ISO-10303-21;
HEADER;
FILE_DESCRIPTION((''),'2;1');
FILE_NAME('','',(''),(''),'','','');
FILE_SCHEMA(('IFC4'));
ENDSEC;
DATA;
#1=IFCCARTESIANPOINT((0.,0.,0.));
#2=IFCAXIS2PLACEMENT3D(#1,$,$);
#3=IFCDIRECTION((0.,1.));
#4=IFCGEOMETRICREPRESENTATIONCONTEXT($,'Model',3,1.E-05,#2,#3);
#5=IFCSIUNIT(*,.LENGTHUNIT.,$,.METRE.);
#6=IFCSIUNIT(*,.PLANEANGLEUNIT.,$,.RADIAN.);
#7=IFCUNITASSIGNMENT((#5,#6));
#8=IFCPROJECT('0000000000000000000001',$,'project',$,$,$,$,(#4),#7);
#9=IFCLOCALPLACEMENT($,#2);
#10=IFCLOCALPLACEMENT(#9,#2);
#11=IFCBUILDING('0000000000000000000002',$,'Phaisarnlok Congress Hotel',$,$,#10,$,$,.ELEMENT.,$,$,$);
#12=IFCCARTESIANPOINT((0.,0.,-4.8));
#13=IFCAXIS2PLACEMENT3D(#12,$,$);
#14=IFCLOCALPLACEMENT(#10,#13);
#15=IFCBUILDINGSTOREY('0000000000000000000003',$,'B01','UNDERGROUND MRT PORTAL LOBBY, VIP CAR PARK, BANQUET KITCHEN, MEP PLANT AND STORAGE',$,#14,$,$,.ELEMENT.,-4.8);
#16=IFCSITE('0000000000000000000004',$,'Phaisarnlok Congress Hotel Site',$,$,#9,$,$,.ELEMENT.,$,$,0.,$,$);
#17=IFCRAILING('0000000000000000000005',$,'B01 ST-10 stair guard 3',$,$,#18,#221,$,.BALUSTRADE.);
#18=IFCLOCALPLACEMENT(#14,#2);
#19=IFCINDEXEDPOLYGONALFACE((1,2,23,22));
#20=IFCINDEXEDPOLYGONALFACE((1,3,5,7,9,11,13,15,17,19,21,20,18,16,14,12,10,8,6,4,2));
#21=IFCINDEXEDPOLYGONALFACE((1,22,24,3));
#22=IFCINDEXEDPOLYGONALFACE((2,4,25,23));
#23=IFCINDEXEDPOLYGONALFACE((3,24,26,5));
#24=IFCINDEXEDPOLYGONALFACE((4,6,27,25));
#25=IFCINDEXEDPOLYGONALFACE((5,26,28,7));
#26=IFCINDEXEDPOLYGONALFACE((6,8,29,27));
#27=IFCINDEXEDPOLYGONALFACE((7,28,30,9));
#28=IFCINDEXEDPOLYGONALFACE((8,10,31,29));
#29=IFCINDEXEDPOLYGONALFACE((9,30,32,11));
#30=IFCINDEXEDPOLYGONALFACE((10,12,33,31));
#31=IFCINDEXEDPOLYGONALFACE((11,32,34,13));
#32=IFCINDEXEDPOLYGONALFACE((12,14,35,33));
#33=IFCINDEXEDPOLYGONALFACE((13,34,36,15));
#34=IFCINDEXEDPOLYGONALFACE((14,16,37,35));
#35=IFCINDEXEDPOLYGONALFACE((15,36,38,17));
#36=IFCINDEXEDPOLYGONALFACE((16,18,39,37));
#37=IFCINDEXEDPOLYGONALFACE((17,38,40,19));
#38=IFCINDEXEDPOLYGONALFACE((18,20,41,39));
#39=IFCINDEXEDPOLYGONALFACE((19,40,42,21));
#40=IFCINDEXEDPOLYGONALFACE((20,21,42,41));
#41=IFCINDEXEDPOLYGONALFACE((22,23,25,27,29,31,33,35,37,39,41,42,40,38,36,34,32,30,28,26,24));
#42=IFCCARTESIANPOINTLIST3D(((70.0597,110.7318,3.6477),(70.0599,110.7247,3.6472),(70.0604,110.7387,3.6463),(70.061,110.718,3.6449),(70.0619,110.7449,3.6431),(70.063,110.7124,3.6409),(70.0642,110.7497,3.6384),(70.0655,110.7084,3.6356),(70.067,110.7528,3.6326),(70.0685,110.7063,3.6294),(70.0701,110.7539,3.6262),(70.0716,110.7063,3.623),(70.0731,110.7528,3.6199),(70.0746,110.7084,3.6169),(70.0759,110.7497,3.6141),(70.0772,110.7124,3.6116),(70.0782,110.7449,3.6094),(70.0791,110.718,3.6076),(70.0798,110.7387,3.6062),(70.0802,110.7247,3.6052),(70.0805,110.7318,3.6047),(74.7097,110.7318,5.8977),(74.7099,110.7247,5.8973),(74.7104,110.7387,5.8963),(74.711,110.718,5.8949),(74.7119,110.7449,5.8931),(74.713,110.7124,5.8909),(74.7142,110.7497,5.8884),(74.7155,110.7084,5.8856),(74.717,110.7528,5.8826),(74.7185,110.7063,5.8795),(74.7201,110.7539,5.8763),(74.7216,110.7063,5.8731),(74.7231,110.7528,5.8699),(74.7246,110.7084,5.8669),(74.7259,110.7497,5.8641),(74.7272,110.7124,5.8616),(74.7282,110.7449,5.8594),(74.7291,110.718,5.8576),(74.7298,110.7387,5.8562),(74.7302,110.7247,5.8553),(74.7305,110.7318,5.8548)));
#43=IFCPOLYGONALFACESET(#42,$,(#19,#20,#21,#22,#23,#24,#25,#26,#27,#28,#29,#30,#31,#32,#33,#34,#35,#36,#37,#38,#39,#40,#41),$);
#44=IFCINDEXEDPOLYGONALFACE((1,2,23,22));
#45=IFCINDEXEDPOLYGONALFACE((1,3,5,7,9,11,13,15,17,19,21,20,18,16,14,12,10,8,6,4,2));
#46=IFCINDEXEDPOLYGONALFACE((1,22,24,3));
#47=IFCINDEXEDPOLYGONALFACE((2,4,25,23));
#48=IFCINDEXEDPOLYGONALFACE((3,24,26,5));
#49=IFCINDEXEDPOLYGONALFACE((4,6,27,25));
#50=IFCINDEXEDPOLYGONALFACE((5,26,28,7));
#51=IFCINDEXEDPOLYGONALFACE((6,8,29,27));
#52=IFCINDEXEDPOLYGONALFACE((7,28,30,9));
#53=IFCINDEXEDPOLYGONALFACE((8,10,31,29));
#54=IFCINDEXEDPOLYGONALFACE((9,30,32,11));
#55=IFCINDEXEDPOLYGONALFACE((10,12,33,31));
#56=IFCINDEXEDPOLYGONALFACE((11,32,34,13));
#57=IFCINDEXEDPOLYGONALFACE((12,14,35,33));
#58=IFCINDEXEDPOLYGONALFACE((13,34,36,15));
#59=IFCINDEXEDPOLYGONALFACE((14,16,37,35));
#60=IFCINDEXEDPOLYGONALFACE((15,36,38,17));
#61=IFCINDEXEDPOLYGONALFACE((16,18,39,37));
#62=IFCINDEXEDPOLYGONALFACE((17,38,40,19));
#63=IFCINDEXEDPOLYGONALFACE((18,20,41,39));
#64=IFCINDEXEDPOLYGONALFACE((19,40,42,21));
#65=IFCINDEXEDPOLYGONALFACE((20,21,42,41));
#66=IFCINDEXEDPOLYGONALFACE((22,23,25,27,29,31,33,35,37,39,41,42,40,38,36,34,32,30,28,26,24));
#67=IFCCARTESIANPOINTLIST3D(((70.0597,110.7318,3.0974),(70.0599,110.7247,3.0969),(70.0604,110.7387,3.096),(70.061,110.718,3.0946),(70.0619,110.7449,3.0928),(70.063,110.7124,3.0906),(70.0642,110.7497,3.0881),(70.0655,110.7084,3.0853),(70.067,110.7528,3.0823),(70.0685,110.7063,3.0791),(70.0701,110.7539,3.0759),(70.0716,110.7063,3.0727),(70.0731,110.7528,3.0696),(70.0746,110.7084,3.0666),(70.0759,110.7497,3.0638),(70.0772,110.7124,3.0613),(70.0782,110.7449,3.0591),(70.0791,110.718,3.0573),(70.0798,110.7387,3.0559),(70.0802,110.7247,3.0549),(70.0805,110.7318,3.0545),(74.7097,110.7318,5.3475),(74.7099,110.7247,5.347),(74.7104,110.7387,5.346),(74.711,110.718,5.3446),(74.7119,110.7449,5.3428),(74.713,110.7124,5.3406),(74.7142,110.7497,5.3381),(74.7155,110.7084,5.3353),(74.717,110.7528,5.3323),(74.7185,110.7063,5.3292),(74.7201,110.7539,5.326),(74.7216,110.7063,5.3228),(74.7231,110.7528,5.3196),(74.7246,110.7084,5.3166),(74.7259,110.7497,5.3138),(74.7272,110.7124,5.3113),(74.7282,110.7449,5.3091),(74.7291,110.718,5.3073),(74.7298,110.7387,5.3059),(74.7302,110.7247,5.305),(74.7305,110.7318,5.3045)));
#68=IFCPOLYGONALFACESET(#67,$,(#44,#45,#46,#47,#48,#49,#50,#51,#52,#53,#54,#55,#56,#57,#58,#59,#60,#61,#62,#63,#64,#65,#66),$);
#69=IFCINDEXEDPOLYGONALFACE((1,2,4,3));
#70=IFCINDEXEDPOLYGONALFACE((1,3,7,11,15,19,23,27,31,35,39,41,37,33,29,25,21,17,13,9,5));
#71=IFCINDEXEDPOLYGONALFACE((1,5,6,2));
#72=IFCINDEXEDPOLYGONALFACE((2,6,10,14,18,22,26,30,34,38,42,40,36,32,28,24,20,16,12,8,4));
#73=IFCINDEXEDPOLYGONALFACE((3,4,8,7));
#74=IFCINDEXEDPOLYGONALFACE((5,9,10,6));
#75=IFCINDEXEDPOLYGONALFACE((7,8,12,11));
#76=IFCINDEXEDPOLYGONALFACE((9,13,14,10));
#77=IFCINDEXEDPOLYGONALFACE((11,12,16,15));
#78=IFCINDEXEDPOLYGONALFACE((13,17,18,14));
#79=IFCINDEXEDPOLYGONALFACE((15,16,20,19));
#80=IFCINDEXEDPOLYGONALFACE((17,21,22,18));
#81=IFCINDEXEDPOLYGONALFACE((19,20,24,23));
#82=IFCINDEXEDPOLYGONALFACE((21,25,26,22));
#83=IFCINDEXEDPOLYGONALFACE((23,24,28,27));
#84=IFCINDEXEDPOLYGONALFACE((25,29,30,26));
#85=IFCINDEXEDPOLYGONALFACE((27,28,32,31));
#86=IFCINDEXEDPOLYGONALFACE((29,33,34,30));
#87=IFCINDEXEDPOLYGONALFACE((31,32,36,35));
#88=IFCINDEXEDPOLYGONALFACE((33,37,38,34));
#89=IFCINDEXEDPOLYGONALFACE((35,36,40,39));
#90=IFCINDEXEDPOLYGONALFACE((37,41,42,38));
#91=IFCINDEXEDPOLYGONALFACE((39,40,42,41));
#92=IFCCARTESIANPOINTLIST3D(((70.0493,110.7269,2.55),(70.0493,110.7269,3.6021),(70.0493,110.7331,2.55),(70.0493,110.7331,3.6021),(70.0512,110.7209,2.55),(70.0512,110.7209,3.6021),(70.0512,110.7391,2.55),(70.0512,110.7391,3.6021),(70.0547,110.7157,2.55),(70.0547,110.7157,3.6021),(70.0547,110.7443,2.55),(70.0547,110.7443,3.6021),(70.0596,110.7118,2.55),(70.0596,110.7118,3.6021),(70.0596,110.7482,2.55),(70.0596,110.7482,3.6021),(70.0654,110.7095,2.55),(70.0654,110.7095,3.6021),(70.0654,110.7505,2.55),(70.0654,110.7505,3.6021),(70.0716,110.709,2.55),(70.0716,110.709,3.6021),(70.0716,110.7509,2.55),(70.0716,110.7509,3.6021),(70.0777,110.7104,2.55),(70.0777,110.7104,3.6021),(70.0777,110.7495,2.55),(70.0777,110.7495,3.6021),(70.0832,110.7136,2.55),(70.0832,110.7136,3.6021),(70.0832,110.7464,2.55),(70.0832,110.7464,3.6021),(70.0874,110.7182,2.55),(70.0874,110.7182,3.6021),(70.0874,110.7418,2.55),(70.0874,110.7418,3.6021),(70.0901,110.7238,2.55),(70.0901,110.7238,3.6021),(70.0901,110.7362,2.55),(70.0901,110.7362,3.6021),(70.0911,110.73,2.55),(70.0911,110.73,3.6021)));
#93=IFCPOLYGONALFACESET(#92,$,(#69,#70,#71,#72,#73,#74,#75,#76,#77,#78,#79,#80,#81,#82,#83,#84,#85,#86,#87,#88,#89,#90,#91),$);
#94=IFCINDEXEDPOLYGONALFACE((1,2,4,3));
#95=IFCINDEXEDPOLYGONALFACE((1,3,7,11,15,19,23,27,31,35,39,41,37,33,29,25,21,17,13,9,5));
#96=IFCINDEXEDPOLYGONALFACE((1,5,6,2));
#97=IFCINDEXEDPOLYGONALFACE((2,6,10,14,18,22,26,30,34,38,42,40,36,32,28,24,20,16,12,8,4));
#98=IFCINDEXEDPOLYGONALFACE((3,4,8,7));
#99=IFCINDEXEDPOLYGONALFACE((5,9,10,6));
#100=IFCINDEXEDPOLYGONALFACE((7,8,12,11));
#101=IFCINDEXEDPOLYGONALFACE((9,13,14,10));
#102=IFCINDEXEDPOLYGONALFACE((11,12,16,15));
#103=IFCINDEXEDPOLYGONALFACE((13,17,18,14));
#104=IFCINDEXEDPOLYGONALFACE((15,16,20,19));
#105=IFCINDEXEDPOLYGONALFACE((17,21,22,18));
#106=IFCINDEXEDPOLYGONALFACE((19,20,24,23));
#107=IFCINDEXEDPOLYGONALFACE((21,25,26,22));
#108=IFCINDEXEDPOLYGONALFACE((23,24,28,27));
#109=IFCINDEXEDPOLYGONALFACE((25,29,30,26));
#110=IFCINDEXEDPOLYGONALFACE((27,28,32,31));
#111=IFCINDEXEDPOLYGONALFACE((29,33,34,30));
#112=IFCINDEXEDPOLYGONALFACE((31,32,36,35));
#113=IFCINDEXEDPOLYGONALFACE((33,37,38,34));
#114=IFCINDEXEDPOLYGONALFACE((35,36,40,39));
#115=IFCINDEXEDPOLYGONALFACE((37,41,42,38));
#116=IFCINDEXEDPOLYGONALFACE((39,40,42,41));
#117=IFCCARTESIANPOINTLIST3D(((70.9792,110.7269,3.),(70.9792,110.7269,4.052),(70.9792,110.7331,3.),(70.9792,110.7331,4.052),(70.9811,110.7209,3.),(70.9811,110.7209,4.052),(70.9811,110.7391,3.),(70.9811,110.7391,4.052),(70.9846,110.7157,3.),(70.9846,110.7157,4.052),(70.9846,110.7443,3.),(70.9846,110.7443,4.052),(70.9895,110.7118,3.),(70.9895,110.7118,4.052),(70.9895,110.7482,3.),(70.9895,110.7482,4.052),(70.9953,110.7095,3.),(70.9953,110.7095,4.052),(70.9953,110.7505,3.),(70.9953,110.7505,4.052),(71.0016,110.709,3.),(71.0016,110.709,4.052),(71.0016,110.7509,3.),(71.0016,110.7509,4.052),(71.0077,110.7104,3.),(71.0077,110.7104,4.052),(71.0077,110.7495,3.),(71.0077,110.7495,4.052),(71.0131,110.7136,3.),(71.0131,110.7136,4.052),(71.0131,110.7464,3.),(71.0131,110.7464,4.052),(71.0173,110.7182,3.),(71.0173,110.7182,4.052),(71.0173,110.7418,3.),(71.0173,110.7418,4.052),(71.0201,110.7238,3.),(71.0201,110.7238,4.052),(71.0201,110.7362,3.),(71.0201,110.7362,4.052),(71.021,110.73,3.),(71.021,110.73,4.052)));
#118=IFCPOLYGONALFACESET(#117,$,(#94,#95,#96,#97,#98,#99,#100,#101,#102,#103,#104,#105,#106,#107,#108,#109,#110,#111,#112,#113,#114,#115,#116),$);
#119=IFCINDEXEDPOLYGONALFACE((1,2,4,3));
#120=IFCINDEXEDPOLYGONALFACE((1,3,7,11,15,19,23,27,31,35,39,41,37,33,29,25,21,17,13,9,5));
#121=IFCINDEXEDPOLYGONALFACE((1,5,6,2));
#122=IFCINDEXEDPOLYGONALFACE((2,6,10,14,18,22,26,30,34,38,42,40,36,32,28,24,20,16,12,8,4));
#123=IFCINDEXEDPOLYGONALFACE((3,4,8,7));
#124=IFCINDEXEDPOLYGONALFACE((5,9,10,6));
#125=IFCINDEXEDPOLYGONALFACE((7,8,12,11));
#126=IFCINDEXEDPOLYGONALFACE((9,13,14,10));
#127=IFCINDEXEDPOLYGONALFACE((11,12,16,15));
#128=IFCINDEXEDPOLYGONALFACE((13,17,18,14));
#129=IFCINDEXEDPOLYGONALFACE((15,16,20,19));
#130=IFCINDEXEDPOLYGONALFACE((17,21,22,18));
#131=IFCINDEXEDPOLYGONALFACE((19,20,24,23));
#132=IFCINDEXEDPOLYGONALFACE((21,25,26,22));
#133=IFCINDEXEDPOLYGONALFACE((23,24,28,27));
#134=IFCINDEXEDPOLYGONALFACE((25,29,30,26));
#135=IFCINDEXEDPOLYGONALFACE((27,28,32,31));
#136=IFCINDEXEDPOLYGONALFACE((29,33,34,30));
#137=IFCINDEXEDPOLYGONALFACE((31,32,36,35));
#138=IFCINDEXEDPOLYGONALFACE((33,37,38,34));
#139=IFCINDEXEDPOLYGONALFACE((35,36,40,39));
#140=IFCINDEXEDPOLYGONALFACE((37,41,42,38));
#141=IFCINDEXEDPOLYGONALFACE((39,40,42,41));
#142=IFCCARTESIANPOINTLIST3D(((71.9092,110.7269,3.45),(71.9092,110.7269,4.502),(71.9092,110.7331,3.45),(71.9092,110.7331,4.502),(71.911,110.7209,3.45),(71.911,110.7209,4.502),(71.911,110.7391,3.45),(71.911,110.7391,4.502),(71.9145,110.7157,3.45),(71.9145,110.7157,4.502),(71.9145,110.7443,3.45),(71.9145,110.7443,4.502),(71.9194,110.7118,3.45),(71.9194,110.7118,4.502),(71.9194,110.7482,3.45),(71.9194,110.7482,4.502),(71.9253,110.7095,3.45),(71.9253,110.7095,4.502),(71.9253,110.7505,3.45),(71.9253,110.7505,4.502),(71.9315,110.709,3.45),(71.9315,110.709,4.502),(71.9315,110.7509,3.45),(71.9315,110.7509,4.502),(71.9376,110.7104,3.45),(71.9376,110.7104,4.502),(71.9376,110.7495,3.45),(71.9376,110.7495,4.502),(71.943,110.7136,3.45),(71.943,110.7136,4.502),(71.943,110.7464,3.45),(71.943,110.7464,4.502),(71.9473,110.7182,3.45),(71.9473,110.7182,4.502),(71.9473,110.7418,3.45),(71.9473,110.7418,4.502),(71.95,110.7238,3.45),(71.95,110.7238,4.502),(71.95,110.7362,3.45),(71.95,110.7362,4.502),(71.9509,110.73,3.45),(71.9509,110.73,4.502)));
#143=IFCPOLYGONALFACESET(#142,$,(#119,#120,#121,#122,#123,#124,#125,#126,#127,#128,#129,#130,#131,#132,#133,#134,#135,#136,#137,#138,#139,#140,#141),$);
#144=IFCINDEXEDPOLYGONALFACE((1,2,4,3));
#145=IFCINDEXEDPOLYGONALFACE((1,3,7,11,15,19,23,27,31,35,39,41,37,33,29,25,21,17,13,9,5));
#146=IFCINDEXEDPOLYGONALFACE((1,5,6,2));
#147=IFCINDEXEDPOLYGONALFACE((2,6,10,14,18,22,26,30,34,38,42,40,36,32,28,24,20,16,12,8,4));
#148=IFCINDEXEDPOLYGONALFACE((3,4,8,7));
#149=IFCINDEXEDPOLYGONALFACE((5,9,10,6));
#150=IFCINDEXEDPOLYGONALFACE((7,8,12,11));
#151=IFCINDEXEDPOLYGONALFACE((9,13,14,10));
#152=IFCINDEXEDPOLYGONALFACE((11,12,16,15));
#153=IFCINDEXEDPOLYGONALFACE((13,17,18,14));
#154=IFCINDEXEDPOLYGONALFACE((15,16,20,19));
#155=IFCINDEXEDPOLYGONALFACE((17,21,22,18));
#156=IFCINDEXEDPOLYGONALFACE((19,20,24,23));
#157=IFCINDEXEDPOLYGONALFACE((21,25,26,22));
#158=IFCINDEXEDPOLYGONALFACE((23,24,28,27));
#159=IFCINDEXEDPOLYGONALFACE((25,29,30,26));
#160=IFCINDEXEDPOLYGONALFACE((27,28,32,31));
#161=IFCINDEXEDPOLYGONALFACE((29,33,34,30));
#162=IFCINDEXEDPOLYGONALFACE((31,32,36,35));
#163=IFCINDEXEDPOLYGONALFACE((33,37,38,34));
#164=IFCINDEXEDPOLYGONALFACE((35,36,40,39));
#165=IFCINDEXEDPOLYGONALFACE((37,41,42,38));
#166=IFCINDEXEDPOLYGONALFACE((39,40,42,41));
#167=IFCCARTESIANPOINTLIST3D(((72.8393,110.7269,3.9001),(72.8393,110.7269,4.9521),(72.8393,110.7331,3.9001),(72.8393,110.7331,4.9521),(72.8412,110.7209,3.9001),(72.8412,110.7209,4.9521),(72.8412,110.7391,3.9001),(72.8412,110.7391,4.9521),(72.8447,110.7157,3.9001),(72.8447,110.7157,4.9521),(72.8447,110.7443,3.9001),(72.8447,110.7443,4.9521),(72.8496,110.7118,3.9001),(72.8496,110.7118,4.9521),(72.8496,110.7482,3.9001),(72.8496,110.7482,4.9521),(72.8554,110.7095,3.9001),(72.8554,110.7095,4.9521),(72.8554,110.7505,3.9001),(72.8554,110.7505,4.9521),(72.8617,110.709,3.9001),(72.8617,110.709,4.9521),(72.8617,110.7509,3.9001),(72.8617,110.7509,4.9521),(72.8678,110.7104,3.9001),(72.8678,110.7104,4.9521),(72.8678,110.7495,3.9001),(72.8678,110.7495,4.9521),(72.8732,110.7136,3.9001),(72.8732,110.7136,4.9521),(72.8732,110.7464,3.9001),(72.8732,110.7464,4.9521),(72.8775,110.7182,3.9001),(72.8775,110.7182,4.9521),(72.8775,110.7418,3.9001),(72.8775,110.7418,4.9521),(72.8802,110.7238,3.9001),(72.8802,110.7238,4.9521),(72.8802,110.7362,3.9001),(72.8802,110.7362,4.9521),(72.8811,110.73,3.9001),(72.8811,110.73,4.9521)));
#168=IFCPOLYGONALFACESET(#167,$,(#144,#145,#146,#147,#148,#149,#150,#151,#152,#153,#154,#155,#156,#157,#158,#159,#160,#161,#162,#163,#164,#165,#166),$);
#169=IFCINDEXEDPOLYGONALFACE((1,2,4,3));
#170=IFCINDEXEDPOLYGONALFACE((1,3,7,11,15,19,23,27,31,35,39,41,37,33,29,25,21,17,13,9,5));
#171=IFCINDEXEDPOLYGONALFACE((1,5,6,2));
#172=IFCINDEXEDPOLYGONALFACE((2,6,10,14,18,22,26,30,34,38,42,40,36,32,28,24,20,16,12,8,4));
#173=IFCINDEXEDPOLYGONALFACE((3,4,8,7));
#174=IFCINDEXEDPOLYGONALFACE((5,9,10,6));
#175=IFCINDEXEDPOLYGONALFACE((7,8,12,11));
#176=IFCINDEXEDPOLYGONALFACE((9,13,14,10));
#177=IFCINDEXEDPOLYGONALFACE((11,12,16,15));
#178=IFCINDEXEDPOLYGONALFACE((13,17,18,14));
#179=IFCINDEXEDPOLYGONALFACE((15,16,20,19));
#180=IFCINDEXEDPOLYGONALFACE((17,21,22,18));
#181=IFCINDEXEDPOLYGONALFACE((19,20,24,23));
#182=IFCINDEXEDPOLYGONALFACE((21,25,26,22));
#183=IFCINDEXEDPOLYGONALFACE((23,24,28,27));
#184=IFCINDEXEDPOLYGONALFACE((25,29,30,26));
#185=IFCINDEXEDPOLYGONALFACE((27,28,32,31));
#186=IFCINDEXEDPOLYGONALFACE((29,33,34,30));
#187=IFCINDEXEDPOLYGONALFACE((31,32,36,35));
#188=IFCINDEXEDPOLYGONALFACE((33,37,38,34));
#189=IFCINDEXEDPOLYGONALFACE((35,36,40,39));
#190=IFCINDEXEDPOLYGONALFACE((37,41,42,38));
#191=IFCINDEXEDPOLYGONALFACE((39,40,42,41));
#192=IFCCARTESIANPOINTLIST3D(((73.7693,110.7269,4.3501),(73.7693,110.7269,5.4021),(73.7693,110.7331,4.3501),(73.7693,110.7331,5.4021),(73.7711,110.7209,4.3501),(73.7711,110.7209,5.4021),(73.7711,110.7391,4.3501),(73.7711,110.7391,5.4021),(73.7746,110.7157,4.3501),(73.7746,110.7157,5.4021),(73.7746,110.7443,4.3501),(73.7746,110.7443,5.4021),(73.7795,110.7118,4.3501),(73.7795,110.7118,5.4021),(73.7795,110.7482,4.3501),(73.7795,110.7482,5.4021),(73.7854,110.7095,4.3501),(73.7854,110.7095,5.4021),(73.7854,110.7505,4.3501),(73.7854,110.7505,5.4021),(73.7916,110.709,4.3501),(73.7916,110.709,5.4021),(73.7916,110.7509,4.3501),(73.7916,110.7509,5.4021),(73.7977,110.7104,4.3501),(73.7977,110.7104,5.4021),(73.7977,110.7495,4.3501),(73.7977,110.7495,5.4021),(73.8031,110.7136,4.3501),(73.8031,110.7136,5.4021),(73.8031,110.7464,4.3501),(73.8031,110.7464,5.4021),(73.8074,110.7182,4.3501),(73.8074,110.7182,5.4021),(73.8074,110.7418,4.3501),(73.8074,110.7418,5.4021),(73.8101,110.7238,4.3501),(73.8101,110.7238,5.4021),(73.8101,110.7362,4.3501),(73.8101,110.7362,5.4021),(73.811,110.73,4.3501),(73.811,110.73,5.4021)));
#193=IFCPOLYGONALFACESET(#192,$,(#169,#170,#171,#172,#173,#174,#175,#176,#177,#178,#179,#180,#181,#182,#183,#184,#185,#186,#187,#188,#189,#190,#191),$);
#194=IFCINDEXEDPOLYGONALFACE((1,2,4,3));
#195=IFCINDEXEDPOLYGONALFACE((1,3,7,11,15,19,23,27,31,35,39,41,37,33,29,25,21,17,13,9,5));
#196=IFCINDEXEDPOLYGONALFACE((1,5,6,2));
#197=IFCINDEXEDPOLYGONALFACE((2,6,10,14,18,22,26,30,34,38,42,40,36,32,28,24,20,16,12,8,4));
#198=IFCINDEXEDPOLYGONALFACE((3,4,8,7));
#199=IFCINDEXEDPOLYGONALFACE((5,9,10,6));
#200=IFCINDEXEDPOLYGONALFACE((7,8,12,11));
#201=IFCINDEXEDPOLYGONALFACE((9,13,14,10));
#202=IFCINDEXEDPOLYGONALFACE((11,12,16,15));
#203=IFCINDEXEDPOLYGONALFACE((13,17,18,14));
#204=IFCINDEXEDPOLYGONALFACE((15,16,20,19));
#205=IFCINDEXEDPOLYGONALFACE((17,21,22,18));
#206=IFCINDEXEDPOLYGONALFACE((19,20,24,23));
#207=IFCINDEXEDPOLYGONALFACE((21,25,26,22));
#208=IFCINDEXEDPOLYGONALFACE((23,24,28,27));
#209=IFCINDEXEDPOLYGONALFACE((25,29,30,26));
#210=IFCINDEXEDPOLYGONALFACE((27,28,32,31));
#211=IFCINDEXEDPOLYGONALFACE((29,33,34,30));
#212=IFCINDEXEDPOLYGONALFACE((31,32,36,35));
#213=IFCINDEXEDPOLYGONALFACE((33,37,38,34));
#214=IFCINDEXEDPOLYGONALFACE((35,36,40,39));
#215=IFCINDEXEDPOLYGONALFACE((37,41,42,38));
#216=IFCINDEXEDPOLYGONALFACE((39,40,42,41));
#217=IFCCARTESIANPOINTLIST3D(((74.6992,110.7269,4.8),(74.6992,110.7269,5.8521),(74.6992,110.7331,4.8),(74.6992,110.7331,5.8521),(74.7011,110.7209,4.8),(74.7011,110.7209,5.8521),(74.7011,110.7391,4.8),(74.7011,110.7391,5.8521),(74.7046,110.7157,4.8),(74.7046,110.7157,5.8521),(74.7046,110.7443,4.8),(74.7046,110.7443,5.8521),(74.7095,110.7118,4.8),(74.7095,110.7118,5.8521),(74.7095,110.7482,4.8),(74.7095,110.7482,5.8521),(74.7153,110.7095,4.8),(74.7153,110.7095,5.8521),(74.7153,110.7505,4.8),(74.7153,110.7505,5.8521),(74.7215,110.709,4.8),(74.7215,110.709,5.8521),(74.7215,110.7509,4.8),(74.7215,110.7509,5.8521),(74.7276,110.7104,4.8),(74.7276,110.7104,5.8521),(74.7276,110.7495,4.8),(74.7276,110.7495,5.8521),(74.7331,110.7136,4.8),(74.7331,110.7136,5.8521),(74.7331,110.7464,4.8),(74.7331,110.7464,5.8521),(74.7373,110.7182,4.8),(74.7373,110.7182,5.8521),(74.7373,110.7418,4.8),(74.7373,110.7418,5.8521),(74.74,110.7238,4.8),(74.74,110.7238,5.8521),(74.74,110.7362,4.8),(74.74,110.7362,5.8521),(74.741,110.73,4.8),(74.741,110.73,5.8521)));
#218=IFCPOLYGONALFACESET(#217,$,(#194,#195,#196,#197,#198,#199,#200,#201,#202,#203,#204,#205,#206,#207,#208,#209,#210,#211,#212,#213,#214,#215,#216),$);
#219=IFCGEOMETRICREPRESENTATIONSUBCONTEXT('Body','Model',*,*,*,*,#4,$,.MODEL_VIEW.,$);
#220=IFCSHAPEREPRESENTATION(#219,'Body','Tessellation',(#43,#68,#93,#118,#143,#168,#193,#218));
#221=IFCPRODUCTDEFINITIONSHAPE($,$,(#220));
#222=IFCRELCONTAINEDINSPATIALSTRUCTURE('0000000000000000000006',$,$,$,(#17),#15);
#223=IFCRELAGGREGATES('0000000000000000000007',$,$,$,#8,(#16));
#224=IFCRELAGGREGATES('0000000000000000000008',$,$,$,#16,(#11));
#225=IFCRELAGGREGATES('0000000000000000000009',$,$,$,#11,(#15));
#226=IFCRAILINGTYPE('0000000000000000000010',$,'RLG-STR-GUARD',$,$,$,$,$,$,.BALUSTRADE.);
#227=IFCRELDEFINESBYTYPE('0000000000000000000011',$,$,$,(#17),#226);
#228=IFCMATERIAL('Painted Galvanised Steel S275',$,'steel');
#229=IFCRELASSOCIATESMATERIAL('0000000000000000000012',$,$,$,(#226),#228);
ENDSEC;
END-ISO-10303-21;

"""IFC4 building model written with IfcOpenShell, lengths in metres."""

from ifc_helpers import new_model, si_unit, direction, frame, origin, origin_2d, place, context, subcontext, project, spatial, circle, extrude, material, type_object, element, save


model = new_model("IFC4")

# Units and contexts
model_context = context("Model", 3, precision=1e-05, world=origin(), true_north=direction((0.0, 1.0)))
body_context = subcontext(model_context, "Body", "Model", "MODEL_VIEW")
ifc_project = project(units=[si_unit("LENGTHUNIT", "METRE"), si_unit("PLANEANGLEUNIT", "RADIAN")], contexts=[model_context])

# Site, building, storey
site_placement = place(None, origin())
site = spatial("IfcSite", under=ifc_project, at=site_placement, Name="Phaisarnlok Congress Hotel Site", CompositionType="ELEMENT", RefElevation=0.0)
building_placement = place(site_placement, origin())
building = spatial("IfcBuilding", under=site, at=building_placement, Name="Phaisarnlok Congress Hotel", CompositionType="ELEMENT")
storey_placement = place(building_placement, frame((0.0, 0.0, -4.8)))
storey = spatial("IfcBuildingStorey", under=building, at=storey_placement, Name="B01", Description="UNDERGROUND MRT PORTAL LOBBY, VIP CAR PARK, BANQUET KITCHEN, MEP PLANT AND STORAGE", CompositionType="ELEMENT", Elevation=-4.8)

# Railing
ifc_material_1 = material(Name="Painted Galvanised Steel S275", Category="steel")
railing_type_1 = type_object("IfcRailingType", Name="RLG-STR-GUARD", PredefinedType="BALUSTRADE", material=ifc_material_1)
railing_1_placement = place(storey_placement, frame((70.0701, 110.73, 2.55)))
element("IfcRailing", 1, at=railing_1_placement, inside=storey, type_object=railing_type_1, Name="B01 ST-10 stair guard 3", PredefinedType="BALUSTRADE", context=body_context, shape_type="SweptSolid", body=[
    extrude(circle(Radius=0.0239, at=origin_2d()), frame((0.0, 0.0, 1.0762), z_axis=(0.900156, 0.0, 0.435568), x_axis=(0.0, 1.0, 0.0)), (0.0, 0.0, 1.0), 5.1658),
    extrude(circle(Radius=0.0239, at=origin_2d()), frame((0.0, 0.0, 0.5259), z_axis=(0.900156, 0.0, 0.435568), x_axis=(0.0, 1.0, 0.0)), (0.0, 0.0, 1.0), 5.1658),
    extrude(circle(Radius=0.021, at=origin_2d()), origin(), (0.0, 0.0, 1.0), 1.052),
    extrude(circle(Radius=0.021, at=origin_2d()), frame((0.9299, 0.0, 0.45)), (0.0, 0.0, 1.0), 1.052),
    extrude(circle(Radius=0.021, at=origin_2d()), frame((1.8599, 0.0, 0.8999)), (0.0, 0.0, 1.0), 1.052),
    extrude(circle(Radius=0.021, at=origin_2d()), frame((2.79, 0.0, 1.3501)), (0.0, 0.0, 1.0), 1.052),
    extrude(circle(Radius=0.021, at=origin_2d()), frame((3.72, 0.0, 1.8)), (0.0, 0.0, 1.0), 1.052),
    extrude(circle(Radius=0.021, at=origin_2d()), frame((4.6499, 0.0, 2.25)), (0.0, 0.0, 1.0), 1.052),
])

save(model, "model.ifc")
